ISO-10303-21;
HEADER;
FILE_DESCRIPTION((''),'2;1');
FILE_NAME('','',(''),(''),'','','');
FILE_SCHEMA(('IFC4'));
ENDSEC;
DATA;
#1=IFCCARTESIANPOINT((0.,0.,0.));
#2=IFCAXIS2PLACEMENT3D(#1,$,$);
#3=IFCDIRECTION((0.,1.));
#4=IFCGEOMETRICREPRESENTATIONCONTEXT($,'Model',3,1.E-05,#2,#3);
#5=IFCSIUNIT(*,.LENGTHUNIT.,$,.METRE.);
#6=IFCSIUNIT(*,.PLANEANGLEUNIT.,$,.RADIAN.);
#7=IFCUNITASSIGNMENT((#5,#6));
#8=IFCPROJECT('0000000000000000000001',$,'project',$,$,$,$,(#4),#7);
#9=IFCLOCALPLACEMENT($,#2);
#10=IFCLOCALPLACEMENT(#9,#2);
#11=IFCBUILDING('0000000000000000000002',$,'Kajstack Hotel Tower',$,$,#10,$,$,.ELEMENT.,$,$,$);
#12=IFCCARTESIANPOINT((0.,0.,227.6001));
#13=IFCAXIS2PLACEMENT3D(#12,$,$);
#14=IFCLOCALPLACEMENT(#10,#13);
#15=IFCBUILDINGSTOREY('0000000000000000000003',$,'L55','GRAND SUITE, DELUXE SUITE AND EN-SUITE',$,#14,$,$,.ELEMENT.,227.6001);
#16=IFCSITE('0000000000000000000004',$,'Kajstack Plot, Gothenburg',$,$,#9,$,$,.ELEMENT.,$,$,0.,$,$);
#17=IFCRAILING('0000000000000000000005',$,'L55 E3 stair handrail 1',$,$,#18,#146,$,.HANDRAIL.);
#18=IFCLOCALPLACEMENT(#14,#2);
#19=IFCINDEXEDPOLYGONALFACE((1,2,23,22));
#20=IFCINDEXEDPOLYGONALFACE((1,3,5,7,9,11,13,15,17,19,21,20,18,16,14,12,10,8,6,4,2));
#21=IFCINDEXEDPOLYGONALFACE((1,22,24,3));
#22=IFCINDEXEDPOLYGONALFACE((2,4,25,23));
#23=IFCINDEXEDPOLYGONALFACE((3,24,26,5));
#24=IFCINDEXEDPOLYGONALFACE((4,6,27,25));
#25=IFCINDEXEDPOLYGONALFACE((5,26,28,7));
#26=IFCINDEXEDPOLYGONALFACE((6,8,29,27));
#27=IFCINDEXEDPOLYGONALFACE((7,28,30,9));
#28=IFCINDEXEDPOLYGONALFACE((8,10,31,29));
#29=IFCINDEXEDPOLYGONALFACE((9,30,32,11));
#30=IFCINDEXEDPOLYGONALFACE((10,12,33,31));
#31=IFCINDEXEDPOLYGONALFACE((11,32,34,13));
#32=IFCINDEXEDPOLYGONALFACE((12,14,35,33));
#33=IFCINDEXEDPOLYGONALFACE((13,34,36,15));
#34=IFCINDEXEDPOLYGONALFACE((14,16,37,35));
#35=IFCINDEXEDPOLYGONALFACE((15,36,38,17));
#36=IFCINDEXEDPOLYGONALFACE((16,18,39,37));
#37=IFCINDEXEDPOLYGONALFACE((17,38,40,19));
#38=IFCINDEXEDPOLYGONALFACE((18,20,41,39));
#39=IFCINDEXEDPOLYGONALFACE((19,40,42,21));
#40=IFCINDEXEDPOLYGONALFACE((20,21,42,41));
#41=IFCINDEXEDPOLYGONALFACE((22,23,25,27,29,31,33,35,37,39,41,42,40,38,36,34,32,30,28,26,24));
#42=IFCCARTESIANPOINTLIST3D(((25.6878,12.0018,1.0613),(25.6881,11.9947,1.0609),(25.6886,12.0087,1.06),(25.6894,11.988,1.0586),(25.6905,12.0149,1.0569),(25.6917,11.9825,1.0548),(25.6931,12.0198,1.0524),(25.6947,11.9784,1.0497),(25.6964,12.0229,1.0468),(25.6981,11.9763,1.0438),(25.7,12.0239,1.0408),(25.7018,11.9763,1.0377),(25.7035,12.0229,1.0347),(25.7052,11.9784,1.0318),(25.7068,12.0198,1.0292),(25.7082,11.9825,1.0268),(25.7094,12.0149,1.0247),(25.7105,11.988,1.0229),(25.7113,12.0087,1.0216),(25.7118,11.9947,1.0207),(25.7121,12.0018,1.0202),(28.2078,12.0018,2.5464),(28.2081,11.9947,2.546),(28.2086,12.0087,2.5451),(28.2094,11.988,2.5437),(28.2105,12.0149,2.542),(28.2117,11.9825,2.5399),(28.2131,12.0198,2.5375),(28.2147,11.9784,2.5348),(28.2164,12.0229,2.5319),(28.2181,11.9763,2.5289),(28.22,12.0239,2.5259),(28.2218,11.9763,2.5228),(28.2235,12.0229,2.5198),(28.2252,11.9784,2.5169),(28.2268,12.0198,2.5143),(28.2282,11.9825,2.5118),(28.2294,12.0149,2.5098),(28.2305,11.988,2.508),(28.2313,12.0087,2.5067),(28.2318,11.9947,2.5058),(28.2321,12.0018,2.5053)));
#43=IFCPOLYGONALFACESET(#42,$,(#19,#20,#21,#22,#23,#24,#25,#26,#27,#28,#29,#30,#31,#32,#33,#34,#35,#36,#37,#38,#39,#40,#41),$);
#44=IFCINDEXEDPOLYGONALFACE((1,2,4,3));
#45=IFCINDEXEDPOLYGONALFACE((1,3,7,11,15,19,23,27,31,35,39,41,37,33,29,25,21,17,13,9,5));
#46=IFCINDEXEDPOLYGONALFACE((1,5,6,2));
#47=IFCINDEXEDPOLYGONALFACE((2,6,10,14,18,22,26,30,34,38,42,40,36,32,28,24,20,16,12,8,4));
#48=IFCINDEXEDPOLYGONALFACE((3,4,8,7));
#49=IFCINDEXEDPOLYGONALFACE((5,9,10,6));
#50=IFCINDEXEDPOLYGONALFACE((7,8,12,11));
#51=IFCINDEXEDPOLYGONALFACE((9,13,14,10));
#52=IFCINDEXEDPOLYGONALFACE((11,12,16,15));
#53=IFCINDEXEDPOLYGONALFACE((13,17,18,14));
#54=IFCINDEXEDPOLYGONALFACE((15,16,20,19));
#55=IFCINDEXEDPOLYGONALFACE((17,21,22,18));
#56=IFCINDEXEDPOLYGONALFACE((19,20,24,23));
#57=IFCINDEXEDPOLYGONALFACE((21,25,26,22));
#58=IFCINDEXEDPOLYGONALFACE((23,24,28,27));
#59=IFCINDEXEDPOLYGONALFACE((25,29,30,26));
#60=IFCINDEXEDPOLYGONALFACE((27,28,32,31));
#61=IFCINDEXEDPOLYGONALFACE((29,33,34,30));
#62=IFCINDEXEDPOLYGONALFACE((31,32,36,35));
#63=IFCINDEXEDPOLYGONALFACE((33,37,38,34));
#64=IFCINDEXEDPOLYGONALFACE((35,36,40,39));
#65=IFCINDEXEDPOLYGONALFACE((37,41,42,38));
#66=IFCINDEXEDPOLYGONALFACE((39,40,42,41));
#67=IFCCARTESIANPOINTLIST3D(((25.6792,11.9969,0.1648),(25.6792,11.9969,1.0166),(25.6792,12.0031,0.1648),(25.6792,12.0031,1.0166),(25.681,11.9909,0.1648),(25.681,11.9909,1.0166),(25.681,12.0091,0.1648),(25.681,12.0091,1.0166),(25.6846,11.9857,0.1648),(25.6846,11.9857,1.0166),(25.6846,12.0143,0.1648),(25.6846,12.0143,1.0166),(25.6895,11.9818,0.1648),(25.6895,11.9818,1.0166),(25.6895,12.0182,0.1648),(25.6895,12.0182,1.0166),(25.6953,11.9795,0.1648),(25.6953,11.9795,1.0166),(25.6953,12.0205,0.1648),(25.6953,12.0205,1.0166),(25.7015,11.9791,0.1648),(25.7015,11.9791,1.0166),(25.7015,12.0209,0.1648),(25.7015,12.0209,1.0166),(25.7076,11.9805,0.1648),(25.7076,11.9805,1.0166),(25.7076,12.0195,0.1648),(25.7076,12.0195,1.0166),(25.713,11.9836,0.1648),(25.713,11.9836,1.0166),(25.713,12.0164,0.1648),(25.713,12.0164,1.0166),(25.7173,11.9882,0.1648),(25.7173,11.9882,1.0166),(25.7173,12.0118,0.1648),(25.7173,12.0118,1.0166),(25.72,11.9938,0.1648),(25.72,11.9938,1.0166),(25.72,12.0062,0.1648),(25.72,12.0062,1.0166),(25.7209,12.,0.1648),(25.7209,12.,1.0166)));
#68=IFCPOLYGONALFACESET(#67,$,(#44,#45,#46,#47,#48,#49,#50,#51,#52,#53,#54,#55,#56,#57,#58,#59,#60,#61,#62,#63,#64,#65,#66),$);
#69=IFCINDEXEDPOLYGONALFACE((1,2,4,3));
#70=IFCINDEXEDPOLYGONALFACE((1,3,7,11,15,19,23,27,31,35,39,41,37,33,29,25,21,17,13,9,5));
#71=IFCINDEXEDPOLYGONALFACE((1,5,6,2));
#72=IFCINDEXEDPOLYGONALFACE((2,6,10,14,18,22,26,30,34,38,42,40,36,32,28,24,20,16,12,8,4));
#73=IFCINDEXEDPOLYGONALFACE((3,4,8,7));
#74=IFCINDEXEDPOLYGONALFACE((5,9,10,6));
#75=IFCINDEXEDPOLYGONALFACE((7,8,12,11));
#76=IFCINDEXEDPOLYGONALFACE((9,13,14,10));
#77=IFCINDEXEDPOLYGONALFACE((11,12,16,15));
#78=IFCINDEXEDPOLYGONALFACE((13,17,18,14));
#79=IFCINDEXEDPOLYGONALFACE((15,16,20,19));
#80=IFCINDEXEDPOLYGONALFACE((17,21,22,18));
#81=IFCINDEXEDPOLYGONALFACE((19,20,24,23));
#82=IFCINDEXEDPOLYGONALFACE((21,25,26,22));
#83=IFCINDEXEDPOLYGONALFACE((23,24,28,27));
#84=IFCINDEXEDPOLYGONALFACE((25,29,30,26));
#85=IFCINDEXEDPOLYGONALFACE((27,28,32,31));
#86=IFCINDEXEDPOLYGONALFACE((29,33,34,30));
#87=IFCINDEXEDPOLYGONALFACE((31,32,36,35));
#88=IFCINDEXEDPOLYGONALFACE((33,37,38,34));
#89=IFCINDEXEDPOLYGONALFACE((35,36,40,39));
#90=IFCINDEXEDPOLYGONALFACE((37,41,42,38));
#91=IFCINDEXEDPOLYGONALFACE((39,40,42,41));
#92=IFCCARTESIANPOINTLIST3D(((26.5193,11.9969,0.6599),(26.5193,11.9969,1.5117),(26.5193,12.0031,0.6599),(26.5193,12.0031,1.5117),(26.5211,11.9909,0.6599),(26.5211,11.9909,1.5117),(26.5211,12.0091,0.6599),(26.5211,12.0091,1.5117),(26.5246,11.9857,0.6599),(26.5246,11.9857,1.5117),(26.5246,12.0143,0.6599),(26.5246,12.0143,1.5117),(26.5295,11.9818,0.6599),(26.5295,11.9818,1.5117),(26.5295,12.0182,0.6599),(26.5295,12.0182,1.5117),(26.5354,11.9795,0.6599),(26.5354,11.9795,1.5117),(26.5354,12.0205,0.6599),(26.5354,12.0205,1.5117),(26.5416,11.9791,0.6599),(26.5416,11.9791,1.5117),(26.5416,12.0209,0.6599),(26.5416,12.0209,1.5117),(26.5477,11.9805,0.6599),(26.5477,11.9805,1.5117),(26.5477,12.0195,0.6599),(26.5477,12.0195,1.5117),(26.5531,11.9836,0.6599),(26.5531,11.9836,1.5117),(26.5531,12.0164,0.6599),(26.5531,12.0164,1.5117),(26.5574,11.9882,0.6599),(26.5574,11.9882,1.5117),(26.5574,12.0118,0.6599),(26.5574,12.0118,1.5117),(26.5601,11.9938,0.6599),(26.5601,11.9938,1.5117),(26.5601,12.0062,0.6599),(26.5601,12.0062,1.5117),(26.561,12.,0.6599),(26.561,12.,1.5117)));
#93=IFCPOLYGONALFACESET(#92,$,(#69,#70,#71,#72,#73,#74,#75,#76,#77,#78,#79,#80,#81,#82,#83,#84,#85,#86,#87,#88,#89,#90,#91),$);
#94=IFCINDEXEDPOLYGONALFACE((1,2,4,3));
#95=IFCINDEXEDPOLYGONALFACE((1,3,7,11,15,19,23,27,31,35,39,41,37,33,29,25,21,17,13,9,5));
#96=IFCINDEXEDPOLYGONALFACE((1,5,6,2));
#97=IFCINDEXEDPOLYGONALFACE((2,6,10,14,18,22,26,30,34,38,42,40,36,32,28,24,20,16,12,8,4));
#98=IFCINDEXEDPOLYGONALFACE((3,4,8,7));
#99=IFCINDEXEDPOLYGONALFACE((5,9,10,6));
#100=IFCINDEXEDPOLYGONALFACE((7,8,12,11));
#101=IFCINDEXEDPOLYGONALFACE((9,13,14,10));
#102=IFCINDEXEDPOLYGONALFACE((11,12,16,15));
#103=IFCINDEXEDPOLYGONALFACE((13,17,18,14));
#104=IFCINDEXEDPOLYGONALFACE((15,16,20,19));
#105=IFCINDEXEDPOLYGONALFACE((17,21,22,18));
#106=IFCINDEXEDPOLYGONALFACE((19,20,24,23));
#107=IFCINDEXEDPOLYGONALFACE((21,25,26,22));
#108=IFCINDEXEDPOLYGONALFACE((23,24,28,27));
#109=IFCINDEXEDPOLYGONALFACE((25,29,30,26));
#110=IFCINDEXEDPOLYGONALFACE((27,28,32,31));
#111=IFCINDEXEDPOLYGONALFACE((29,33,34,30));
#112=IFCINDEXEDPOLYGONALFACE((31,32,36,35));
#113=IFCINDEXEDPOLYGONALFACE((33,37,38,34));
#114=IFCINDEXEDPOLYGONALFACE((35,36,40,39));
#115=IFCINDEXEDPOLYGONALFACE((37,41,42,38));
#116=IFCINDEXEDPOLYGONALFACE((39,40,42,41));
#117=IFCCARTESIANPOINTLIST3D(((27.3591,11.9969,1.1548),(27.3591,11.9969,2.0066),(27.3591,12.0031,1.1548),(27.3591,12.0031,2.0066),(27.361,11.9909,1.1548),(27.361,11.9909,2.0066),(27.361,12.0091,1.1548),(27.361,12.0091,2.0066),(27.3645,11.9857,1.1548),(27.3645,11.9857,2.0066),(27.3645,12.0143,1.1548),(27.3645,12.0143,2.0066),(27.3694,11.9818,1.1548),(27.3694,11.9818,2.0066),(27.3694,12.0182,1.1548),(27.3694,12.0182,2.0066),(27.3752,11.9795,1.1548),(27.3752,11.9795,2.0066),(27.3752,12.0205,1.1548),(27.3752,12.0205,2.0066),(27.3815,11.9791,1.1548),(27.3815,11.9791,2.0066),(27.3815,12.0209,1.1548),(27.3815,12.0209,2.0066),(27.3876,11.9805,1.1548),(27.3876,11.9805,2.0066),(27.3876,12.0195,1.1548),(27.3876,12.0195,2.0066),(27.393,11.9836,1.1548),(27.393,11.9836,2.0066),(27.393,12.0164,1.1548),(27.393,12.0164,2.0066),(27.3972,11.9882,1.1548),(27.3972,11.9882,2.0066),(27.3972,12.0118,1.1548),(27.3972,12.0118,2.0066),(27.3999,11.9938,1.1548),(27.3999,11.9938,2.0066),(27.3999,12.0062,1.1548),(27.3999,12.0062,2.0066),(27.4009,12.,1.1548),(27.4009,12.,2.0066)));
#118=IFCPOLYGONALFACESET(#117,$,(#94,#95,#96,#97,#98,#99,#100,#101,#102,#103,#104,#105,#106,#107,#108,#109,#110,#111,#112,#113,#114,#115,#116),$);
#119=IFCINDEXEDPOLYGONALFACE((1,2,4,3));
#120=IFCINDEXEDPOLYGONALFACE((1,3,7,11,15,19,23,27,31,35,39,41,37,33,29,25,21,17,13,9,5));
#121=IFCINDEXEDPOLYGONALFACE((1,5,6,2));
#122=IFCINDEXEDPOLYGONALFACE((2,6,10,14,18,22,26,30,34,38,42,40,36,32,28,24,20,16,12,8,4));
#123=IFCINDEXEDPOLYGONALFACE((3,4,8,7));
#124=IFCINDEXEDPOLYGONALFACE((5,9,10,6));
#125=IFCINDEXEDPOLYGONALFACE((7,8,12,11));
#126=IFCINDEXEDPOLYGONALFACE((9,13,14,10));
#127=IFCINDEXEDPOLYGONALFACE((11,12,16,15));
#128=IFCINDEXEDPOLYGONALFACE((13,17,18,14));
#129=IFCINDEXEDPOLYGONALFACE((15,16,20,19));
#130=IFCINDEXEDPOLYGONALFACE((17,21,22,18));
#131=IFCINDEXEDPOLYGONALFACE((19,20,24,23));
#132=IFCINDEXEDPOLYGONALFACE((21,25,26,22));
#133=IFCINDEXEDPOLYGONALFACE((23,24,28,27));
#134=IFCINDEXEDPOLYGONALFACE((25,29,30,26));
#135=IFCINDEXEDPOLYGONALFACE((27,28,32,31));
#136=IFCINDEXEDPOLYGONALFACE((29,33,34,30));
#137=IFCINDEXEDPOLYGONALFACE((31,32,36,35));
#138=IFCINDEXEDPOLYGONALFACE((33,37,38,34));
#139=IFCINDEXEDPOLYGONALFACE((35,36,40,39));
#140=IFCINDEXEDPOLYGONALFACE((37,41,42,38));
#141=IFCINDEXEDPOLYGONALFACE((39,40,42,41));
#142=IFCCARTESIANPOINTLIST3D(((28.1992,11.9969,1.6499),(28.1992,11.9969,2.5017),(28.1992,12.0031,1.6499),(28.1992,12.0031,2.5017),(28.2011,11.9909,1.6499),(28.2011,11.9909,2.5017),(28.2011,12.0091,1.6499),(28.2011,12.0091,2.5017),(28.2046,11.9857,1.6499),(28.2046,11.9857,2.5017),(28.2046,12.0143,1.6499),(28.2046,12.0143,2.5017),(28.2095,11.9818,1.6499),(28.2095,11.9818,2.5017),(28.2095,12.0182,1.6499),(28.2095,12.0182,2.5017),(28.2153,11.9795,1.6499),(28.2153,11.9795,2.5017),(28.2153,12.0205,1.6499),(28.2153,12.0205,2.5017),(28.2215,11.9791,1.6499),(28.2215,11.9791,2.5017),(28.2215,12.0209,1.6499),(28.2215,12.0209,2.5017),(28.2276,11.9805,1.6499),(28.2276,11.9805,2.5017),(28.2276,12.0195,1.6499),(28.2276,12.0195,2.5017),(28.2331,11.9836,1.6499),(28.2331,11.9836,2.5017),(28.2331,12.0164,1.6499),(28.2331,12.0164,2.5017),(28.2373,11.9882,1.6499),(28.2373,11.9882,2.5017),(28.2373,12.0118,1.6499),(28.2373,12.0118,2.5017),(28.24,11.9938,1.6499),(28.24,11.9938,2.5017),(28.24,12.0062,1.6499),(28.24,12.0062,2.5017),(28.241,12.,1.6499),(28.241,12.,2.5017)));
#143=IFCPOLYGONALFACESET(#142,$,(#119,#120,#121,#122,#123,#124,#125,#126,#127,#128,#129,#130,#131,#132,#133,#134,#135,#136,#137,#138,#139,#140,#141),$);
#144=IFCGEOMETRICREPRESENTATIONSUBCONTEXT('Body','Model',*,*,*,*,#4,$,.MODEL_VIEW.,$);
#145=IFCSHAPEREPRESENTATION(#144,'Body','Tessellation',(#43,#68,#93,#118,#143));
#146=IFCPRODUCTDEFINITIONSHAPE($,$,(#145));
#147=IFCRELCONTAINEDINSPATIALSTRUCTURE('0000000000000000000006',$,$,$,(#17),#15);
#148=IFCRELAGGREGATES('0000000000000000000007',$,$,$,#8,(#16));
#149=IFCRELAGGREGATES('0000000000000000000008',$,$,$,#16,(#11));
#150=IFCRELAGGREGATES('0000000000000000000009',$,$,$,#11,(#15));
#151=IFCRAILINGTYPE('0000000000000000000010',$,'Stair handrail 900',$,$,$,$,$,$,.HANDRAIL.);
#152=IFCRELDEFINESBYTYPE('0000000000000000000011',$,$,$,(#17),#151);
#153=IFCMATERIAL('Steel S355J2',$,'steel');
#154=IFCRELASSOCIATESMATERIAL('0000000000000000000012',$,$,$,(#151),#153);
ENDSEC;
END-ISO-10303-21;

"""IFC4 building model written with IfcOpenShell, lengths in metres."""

from ifc_helpers import new_model, si_unit, direction, frame, origin, origin_2d, place, context, subcontext, project, spatial, circle, extrude, material, type_object, element, save


model = new_model("IFC4")

# Units and contexts
model_context = context("Model", 3, precision=1e-05, world=origin(), true_north=direction((0.0, 1.0)))
body_context = subcontext(model_context, "Body", "Model", "MODEL_VIEW")
ifc_project = project(units=[si_unit("LENGTHUNIT", "METRE"), si_unit("PLANEANGLEUNIT", "RADIAN")], contexts=[model_context])

# Site, building, storey
site_placement = place(None, origin())
site = spatial("IfcSite", under=ifc_project, at=site_placement, Name="Kajstack Plot, Gothenburg", CompositionType="ELEMENT", RefElevation=0.0)
building_placement = place(site_placement, origin())
building = spatial("IfcBuilding", under=site, at=building_placement, Name="Kajstack Hotel Tower", CompositionType="ELEMENT")
storey_placement = place(building_placement, frame((0.0, 0.0, 227.6001)))
storey = spatial("IfcBuildingStorey", under=building, at=storey_placement, Name="L55", Description="GRAND SUITE, DELUXE SUITE AND EN-SUITE", CompositionType="ELEMENT", Elevation=227.6001)

# Railing
ifc_material_1 = material(Name="Steel S355J2", Category="steel")
railing_type_1 = type_object("IfcRailingType", Name="Stair handrail 900", PredefinedType="HANDRAIL", material=ifc_material_1)
railing_1_placement = place(storey_placement, frame((25.7, 12.0, 0.1648)))
element("IfcRailing", 1, at=railing_1_placement, inside=storey, type_object=railing_type_1, Name="L55 E3 stair handrail 1", PredefinedType="HANDRAIL", context=body_context, shape_type="SweptSolid", body=[
    extrude(circle(Radius=0.0239, at=origin_2d()), frame((0.0, 0.0, 0.876), z_axis=(0.861524, 0.0, 0.507717), x_axis=(0.0, 1.0, 0.0)), (0.0, 0.0, 1.0), 2.925),
    extrude(circle(Radius=0.021, at=origin_2d()), origin(), (0.0, 0.0, 1.0), 0.8518),
    extrude(circle(Radius=0.021, at=origin_2d()), frame((0.8401, 0.0, 0.4951)), (0.0, 0.0, 1.0), 0.8518),
    extrude(circle(Radius=0.021, at=origin_2d()), frame((1.6799, 0.0, 0.99)), (0.0, 0.0, 1.0), 0.8518),
    extrude(circle(Radius=0.021, at=origin_2d()), frame((2.52, 0.0, 1.4851)), (0.0, 0.0, 1.0), 0.8518),
])

save(model, "model.ifc")
